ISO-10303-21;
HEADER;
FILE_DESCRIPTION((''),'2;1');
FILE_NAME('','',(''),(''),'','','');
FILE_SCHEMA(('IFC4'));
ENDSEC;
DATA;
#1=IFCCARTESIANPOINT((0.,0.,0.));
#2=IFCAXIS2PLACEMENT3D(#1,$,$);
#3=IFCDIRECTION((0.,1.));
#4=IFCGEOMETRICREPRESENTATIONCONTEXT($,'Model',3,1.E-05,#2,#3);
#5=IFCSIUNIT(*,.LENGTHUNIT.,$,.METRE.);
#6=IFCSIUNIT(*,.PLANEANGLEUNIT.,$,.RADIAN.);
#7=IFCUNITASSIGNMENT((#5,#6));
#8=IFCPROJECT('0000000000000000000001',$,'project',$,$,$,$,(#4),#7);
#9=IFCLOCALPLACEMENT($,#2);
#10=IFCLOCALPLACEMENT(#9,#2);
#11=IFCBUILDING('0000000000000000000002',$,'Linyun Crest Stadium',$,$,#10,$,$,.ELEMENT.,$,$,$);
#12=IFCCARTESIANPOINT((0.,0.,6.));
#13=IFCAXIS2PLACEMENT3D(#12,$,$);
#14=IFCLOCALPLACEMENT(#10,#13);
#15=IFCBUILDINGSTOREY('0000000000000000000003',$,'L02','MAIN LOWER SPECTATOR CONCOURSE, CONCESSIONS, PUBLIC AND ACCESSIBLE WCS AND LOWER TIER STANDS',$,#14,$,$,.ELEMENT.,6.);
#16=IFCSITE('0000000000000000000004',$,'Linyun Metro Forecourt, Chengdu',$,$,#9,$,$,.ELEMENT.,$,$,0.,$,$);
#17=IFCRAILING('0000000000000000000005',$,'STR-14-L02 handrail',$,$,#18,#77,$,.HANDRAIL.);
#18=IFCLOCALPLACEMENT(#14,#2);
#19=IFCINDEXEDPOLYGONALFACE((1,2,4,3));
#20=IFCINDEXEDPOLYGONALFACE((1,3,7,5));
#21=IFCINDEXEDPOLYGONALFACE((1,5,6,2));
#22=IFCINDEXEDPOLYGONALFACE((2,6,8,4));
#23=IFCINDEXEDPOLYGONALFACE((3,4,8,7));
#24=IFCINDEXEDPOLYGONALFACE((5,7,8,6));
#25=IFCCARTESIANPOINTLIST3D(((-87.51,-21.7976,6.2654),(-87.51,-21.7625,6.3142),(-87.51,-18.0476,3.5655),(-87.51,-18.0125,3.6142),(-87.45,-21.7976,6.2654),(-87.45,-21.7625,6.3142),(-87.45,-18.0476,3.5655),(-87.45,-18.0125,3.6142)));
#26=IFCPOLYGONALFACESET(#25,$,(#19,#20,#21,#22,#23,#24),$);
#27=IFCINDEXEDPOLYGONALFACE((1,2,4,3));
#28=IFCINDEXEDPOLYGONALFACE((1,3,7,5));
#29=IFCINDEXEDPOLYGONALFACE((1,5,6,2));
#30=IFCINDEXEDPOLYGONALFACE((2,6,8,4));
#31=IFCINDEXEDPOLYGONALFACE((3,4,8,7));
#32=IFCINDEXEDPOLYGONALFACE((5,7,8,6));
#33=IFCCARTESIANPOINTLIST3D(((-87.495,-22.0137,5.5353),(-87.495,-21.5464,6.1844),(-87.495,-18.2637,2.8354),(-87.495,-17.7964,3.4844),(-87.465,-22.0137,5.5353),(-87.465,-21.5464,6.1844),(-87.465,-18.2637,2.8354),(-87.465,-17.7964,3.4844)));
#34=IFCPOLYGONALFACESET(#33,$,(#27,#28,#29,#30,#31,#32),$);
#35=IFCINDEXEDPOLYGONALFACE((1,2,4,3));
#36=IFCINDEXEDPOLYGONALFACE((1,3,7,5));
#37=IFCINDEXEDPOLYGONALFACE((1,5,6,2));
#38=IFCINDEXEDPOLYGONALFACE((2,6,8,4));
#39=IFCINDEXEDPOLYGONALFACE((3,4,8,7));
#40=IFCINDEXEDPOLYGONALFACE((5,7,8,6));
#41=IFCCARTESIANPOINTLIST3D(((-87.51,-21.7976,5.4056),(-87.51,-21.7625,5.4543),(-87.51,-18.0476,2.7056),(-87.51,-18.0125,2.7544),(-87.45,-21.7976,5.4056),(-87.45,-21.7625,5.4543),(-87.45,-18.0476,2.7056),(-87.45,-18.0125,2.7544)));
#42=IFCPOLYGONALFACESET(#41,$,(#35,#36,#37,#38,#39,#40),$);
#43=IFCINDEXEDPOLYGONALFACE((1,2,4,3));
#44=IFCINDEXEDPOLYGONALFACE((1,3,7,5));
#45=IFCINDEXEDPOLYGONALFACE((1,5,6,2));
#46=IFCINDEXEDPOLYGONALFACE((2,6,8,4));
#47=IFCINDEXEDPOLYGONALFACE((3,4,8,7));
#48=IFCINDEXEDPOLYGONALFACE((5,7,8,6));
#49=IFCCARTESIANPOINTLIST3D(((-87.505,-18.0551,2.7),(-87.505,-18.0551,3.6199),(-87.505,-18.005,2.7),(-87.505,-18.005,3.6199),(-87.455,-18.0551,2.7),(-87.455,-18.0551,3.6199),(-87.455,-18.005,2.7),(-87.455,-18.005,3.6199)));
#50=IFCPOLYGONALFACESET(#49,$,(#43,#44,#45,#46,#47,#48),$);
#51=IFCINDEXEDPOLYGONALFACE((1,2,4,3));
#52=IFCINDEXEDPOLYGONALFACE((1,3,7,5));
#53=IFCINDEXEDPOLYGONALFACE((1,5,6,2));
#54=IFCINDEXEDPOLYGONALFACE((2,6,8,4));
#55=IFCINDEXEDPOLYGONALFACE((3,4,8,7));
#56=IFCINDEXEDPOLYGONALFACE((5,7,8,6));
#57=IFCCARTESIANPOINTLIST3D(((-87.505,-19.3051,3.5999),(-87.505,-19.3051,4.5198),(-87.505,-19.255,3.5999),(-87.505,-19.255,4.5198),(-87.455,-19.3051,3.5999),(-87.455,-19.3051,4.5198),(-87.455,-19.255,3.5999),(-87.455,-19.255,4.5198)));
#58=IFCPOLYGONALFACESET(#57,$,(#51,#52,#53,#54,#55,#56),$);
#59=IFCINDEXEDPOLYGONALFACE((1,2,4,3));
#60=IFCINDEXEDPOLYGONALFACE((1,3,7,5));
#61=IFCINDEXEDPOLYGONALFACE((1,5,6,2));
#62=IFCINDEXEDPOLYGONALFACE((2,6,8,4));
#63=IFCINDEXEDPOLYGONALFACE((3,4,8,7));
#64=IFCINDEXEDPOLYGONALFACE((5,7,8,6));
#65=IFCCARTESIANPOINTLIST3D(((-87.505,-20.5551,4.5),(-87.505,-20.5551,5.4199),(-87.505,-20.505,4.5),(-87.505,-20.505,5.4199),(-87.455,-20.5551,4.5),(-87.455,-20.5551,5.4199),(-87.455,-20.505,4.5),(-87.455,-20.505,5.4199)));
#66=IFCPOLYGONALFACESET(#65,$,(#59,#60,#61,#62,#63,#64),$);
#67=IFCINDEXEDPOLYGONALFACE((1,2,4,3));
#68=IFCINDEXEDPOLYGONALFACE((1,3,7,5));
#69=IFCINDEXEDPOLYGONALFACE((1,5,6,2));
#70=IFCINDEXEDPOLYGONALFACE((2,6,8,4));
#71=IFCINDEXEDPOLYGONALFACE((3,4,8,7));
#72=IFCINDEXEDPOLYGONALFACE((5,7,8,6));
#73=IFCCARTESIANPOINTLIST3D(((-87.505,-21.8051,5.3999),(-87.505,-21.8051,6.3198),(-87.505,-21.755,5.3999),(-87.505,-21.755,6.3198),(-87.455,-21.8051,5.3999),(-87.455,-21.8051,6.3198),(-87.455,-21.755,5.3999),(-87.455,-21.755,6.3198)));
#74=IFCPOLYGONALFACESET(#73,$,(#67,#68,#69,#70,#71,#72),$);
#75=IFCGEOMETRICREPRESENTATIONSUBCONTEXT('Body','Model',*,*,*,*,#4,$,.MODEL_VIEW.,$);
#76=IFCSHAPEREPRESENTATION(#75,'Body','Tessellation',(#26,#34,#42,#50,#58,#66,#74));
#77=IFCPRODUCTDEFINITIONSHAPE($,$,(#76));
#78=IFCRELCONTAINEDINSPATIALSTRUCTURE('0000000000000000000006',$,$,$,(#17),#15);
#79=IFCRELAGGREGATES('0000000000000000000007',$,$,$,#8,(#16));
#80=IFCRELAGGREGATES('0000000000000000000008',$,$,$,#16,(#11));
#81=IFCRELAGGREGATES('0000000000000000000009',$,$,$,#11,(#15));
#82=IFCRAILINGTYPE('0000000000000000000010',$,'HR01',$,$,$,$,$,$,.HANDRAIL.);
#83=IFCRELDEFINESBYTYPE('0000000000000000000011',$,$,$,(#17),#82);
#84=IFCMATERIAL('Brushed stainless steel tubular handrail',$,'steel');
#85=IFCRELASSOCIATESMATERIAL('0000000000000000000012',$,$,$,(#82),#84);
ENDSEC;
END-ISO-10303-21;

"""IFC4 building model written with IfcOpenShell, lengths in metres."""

from ifc_helpers import new_model, si_unit, direction, frame, origin, origin_2d, place, context, subcontext, project, spatial, rectangle, extrude, material, type_object, element, save


model = new_model("IFC4")

# Units and contexts
model_context = context("Model", 3, precision=1e-05, world=origin(), true_north=direction((0.0, 1.0)))
body_context = subcontext(model_context, "Body", "Model", "MODEL_VIEW")
ifc_project = project(units=[si_unit("LENGTHUNIT", "METRE"), si_unit("PLANEANGLEUNIT", "RADIAN")], contexts=[model_context])

# Site, building, storey
site_placement = place(None, origin())
site = spatial("IfcSite", under=ifc_project, at=site_placement, Name="Linyun Metro Forecourt, Chengdu", CompositionType="ELEMENT", RefElevation=0.0)
building_placement = place(site_placement, origin())
building = spatial("IfcBuilding", under=site, at=building_placement, Name="Linyun Crest Stadium", CompositionType="ELEMENT")
storey_placement = place(building_placement, frame((0.0, 0.0, 6.0)))
storey = spatial("IfcBuildingStorey", under=building, at=storey_placement, Name="L02", Description="MAIN LOWER SPECTATOR CONCOURSE, CONCESSIONS, PUBLIC AND ACCESSIBLE WCS AND LOWER TIER STANDS", CompositionType="ELEMENT", Elevation=6.0)

# Railing
ifc_material_1 = material(Name="Brushed stainless steel tubular handrail", Category="steel")
railing_type_1 = type_object("IfcRailingType", Name="HR01", PredefinedType="HANDRAIL", material=ifc_material_1)
railing_1_placement = place(storey_placement, frame((-87.48, -18.03, 2.7)))
element("IfcRailing", 1, at=railing_1_placement, inside=storey, type_object=railing_type_1, Name="STR-14-L02 handrail", PredefinedType="HANDRAIL", context=body_context, shape_type="SweptSolid", body=[
    extrude(rectangle(XDim=0.0601, YDim=0.0601, at=origin_2d()), frame((0.0, 0.0, 0.8899), z_axis=(0.0, -0.811539, 0.584298), x_axis=(1.0, 0.0, 0.0)), (0.0, 0.0, 1.0), 4.6208),
    extrude(rectangle(XDim=0.03, YDim=0.7998, at=origin_2d()), frame((0.0, 0.0, 0.46), z_axis=(0.0, -0.811539, 0.584298), x_axis=(1.0, 0.0, 0.0)), (0.0, 0.0, 1.0), 4.6208),
    extrude(rectangle(XDim=0.0601, YDim=0.0601, at=origin_2d()), frame((0.0, 0.0, 0.03), z_axis=(0.0, -0.811539, 0.584298), x_axis=(1.0, 0.0, 0.0)), (0.0, 0.0, 1.0), 4.6208),
    extrude(rectangle(XDim=0.05, YDim=0.05, at=origin_2d()), origin(), (0.0, 0.0, 1.0), 0.9199),
    extrude(rectangle(XDim=0.05, YDim=0.05, at=origin_2d()), frame((0.0, -1.25, 0.8999)), (0.0, 0.0, 1.0), 0.9199),
    extrude(rectangle(XDim=0.05, YDim=0.05, at=origin_2d()), frame((0.0, -2.5, 1.8)), (0.0, 0.0, 1.0), 0.9199),
    extrude(rectangle(XDim=0.05, YDim=0.05, at=origin_2d()), frame((0.0, -3.75, 2.7)), (0.0, 0.0, 1.0), 0.9199),
])

save(model, "model.ifc")
